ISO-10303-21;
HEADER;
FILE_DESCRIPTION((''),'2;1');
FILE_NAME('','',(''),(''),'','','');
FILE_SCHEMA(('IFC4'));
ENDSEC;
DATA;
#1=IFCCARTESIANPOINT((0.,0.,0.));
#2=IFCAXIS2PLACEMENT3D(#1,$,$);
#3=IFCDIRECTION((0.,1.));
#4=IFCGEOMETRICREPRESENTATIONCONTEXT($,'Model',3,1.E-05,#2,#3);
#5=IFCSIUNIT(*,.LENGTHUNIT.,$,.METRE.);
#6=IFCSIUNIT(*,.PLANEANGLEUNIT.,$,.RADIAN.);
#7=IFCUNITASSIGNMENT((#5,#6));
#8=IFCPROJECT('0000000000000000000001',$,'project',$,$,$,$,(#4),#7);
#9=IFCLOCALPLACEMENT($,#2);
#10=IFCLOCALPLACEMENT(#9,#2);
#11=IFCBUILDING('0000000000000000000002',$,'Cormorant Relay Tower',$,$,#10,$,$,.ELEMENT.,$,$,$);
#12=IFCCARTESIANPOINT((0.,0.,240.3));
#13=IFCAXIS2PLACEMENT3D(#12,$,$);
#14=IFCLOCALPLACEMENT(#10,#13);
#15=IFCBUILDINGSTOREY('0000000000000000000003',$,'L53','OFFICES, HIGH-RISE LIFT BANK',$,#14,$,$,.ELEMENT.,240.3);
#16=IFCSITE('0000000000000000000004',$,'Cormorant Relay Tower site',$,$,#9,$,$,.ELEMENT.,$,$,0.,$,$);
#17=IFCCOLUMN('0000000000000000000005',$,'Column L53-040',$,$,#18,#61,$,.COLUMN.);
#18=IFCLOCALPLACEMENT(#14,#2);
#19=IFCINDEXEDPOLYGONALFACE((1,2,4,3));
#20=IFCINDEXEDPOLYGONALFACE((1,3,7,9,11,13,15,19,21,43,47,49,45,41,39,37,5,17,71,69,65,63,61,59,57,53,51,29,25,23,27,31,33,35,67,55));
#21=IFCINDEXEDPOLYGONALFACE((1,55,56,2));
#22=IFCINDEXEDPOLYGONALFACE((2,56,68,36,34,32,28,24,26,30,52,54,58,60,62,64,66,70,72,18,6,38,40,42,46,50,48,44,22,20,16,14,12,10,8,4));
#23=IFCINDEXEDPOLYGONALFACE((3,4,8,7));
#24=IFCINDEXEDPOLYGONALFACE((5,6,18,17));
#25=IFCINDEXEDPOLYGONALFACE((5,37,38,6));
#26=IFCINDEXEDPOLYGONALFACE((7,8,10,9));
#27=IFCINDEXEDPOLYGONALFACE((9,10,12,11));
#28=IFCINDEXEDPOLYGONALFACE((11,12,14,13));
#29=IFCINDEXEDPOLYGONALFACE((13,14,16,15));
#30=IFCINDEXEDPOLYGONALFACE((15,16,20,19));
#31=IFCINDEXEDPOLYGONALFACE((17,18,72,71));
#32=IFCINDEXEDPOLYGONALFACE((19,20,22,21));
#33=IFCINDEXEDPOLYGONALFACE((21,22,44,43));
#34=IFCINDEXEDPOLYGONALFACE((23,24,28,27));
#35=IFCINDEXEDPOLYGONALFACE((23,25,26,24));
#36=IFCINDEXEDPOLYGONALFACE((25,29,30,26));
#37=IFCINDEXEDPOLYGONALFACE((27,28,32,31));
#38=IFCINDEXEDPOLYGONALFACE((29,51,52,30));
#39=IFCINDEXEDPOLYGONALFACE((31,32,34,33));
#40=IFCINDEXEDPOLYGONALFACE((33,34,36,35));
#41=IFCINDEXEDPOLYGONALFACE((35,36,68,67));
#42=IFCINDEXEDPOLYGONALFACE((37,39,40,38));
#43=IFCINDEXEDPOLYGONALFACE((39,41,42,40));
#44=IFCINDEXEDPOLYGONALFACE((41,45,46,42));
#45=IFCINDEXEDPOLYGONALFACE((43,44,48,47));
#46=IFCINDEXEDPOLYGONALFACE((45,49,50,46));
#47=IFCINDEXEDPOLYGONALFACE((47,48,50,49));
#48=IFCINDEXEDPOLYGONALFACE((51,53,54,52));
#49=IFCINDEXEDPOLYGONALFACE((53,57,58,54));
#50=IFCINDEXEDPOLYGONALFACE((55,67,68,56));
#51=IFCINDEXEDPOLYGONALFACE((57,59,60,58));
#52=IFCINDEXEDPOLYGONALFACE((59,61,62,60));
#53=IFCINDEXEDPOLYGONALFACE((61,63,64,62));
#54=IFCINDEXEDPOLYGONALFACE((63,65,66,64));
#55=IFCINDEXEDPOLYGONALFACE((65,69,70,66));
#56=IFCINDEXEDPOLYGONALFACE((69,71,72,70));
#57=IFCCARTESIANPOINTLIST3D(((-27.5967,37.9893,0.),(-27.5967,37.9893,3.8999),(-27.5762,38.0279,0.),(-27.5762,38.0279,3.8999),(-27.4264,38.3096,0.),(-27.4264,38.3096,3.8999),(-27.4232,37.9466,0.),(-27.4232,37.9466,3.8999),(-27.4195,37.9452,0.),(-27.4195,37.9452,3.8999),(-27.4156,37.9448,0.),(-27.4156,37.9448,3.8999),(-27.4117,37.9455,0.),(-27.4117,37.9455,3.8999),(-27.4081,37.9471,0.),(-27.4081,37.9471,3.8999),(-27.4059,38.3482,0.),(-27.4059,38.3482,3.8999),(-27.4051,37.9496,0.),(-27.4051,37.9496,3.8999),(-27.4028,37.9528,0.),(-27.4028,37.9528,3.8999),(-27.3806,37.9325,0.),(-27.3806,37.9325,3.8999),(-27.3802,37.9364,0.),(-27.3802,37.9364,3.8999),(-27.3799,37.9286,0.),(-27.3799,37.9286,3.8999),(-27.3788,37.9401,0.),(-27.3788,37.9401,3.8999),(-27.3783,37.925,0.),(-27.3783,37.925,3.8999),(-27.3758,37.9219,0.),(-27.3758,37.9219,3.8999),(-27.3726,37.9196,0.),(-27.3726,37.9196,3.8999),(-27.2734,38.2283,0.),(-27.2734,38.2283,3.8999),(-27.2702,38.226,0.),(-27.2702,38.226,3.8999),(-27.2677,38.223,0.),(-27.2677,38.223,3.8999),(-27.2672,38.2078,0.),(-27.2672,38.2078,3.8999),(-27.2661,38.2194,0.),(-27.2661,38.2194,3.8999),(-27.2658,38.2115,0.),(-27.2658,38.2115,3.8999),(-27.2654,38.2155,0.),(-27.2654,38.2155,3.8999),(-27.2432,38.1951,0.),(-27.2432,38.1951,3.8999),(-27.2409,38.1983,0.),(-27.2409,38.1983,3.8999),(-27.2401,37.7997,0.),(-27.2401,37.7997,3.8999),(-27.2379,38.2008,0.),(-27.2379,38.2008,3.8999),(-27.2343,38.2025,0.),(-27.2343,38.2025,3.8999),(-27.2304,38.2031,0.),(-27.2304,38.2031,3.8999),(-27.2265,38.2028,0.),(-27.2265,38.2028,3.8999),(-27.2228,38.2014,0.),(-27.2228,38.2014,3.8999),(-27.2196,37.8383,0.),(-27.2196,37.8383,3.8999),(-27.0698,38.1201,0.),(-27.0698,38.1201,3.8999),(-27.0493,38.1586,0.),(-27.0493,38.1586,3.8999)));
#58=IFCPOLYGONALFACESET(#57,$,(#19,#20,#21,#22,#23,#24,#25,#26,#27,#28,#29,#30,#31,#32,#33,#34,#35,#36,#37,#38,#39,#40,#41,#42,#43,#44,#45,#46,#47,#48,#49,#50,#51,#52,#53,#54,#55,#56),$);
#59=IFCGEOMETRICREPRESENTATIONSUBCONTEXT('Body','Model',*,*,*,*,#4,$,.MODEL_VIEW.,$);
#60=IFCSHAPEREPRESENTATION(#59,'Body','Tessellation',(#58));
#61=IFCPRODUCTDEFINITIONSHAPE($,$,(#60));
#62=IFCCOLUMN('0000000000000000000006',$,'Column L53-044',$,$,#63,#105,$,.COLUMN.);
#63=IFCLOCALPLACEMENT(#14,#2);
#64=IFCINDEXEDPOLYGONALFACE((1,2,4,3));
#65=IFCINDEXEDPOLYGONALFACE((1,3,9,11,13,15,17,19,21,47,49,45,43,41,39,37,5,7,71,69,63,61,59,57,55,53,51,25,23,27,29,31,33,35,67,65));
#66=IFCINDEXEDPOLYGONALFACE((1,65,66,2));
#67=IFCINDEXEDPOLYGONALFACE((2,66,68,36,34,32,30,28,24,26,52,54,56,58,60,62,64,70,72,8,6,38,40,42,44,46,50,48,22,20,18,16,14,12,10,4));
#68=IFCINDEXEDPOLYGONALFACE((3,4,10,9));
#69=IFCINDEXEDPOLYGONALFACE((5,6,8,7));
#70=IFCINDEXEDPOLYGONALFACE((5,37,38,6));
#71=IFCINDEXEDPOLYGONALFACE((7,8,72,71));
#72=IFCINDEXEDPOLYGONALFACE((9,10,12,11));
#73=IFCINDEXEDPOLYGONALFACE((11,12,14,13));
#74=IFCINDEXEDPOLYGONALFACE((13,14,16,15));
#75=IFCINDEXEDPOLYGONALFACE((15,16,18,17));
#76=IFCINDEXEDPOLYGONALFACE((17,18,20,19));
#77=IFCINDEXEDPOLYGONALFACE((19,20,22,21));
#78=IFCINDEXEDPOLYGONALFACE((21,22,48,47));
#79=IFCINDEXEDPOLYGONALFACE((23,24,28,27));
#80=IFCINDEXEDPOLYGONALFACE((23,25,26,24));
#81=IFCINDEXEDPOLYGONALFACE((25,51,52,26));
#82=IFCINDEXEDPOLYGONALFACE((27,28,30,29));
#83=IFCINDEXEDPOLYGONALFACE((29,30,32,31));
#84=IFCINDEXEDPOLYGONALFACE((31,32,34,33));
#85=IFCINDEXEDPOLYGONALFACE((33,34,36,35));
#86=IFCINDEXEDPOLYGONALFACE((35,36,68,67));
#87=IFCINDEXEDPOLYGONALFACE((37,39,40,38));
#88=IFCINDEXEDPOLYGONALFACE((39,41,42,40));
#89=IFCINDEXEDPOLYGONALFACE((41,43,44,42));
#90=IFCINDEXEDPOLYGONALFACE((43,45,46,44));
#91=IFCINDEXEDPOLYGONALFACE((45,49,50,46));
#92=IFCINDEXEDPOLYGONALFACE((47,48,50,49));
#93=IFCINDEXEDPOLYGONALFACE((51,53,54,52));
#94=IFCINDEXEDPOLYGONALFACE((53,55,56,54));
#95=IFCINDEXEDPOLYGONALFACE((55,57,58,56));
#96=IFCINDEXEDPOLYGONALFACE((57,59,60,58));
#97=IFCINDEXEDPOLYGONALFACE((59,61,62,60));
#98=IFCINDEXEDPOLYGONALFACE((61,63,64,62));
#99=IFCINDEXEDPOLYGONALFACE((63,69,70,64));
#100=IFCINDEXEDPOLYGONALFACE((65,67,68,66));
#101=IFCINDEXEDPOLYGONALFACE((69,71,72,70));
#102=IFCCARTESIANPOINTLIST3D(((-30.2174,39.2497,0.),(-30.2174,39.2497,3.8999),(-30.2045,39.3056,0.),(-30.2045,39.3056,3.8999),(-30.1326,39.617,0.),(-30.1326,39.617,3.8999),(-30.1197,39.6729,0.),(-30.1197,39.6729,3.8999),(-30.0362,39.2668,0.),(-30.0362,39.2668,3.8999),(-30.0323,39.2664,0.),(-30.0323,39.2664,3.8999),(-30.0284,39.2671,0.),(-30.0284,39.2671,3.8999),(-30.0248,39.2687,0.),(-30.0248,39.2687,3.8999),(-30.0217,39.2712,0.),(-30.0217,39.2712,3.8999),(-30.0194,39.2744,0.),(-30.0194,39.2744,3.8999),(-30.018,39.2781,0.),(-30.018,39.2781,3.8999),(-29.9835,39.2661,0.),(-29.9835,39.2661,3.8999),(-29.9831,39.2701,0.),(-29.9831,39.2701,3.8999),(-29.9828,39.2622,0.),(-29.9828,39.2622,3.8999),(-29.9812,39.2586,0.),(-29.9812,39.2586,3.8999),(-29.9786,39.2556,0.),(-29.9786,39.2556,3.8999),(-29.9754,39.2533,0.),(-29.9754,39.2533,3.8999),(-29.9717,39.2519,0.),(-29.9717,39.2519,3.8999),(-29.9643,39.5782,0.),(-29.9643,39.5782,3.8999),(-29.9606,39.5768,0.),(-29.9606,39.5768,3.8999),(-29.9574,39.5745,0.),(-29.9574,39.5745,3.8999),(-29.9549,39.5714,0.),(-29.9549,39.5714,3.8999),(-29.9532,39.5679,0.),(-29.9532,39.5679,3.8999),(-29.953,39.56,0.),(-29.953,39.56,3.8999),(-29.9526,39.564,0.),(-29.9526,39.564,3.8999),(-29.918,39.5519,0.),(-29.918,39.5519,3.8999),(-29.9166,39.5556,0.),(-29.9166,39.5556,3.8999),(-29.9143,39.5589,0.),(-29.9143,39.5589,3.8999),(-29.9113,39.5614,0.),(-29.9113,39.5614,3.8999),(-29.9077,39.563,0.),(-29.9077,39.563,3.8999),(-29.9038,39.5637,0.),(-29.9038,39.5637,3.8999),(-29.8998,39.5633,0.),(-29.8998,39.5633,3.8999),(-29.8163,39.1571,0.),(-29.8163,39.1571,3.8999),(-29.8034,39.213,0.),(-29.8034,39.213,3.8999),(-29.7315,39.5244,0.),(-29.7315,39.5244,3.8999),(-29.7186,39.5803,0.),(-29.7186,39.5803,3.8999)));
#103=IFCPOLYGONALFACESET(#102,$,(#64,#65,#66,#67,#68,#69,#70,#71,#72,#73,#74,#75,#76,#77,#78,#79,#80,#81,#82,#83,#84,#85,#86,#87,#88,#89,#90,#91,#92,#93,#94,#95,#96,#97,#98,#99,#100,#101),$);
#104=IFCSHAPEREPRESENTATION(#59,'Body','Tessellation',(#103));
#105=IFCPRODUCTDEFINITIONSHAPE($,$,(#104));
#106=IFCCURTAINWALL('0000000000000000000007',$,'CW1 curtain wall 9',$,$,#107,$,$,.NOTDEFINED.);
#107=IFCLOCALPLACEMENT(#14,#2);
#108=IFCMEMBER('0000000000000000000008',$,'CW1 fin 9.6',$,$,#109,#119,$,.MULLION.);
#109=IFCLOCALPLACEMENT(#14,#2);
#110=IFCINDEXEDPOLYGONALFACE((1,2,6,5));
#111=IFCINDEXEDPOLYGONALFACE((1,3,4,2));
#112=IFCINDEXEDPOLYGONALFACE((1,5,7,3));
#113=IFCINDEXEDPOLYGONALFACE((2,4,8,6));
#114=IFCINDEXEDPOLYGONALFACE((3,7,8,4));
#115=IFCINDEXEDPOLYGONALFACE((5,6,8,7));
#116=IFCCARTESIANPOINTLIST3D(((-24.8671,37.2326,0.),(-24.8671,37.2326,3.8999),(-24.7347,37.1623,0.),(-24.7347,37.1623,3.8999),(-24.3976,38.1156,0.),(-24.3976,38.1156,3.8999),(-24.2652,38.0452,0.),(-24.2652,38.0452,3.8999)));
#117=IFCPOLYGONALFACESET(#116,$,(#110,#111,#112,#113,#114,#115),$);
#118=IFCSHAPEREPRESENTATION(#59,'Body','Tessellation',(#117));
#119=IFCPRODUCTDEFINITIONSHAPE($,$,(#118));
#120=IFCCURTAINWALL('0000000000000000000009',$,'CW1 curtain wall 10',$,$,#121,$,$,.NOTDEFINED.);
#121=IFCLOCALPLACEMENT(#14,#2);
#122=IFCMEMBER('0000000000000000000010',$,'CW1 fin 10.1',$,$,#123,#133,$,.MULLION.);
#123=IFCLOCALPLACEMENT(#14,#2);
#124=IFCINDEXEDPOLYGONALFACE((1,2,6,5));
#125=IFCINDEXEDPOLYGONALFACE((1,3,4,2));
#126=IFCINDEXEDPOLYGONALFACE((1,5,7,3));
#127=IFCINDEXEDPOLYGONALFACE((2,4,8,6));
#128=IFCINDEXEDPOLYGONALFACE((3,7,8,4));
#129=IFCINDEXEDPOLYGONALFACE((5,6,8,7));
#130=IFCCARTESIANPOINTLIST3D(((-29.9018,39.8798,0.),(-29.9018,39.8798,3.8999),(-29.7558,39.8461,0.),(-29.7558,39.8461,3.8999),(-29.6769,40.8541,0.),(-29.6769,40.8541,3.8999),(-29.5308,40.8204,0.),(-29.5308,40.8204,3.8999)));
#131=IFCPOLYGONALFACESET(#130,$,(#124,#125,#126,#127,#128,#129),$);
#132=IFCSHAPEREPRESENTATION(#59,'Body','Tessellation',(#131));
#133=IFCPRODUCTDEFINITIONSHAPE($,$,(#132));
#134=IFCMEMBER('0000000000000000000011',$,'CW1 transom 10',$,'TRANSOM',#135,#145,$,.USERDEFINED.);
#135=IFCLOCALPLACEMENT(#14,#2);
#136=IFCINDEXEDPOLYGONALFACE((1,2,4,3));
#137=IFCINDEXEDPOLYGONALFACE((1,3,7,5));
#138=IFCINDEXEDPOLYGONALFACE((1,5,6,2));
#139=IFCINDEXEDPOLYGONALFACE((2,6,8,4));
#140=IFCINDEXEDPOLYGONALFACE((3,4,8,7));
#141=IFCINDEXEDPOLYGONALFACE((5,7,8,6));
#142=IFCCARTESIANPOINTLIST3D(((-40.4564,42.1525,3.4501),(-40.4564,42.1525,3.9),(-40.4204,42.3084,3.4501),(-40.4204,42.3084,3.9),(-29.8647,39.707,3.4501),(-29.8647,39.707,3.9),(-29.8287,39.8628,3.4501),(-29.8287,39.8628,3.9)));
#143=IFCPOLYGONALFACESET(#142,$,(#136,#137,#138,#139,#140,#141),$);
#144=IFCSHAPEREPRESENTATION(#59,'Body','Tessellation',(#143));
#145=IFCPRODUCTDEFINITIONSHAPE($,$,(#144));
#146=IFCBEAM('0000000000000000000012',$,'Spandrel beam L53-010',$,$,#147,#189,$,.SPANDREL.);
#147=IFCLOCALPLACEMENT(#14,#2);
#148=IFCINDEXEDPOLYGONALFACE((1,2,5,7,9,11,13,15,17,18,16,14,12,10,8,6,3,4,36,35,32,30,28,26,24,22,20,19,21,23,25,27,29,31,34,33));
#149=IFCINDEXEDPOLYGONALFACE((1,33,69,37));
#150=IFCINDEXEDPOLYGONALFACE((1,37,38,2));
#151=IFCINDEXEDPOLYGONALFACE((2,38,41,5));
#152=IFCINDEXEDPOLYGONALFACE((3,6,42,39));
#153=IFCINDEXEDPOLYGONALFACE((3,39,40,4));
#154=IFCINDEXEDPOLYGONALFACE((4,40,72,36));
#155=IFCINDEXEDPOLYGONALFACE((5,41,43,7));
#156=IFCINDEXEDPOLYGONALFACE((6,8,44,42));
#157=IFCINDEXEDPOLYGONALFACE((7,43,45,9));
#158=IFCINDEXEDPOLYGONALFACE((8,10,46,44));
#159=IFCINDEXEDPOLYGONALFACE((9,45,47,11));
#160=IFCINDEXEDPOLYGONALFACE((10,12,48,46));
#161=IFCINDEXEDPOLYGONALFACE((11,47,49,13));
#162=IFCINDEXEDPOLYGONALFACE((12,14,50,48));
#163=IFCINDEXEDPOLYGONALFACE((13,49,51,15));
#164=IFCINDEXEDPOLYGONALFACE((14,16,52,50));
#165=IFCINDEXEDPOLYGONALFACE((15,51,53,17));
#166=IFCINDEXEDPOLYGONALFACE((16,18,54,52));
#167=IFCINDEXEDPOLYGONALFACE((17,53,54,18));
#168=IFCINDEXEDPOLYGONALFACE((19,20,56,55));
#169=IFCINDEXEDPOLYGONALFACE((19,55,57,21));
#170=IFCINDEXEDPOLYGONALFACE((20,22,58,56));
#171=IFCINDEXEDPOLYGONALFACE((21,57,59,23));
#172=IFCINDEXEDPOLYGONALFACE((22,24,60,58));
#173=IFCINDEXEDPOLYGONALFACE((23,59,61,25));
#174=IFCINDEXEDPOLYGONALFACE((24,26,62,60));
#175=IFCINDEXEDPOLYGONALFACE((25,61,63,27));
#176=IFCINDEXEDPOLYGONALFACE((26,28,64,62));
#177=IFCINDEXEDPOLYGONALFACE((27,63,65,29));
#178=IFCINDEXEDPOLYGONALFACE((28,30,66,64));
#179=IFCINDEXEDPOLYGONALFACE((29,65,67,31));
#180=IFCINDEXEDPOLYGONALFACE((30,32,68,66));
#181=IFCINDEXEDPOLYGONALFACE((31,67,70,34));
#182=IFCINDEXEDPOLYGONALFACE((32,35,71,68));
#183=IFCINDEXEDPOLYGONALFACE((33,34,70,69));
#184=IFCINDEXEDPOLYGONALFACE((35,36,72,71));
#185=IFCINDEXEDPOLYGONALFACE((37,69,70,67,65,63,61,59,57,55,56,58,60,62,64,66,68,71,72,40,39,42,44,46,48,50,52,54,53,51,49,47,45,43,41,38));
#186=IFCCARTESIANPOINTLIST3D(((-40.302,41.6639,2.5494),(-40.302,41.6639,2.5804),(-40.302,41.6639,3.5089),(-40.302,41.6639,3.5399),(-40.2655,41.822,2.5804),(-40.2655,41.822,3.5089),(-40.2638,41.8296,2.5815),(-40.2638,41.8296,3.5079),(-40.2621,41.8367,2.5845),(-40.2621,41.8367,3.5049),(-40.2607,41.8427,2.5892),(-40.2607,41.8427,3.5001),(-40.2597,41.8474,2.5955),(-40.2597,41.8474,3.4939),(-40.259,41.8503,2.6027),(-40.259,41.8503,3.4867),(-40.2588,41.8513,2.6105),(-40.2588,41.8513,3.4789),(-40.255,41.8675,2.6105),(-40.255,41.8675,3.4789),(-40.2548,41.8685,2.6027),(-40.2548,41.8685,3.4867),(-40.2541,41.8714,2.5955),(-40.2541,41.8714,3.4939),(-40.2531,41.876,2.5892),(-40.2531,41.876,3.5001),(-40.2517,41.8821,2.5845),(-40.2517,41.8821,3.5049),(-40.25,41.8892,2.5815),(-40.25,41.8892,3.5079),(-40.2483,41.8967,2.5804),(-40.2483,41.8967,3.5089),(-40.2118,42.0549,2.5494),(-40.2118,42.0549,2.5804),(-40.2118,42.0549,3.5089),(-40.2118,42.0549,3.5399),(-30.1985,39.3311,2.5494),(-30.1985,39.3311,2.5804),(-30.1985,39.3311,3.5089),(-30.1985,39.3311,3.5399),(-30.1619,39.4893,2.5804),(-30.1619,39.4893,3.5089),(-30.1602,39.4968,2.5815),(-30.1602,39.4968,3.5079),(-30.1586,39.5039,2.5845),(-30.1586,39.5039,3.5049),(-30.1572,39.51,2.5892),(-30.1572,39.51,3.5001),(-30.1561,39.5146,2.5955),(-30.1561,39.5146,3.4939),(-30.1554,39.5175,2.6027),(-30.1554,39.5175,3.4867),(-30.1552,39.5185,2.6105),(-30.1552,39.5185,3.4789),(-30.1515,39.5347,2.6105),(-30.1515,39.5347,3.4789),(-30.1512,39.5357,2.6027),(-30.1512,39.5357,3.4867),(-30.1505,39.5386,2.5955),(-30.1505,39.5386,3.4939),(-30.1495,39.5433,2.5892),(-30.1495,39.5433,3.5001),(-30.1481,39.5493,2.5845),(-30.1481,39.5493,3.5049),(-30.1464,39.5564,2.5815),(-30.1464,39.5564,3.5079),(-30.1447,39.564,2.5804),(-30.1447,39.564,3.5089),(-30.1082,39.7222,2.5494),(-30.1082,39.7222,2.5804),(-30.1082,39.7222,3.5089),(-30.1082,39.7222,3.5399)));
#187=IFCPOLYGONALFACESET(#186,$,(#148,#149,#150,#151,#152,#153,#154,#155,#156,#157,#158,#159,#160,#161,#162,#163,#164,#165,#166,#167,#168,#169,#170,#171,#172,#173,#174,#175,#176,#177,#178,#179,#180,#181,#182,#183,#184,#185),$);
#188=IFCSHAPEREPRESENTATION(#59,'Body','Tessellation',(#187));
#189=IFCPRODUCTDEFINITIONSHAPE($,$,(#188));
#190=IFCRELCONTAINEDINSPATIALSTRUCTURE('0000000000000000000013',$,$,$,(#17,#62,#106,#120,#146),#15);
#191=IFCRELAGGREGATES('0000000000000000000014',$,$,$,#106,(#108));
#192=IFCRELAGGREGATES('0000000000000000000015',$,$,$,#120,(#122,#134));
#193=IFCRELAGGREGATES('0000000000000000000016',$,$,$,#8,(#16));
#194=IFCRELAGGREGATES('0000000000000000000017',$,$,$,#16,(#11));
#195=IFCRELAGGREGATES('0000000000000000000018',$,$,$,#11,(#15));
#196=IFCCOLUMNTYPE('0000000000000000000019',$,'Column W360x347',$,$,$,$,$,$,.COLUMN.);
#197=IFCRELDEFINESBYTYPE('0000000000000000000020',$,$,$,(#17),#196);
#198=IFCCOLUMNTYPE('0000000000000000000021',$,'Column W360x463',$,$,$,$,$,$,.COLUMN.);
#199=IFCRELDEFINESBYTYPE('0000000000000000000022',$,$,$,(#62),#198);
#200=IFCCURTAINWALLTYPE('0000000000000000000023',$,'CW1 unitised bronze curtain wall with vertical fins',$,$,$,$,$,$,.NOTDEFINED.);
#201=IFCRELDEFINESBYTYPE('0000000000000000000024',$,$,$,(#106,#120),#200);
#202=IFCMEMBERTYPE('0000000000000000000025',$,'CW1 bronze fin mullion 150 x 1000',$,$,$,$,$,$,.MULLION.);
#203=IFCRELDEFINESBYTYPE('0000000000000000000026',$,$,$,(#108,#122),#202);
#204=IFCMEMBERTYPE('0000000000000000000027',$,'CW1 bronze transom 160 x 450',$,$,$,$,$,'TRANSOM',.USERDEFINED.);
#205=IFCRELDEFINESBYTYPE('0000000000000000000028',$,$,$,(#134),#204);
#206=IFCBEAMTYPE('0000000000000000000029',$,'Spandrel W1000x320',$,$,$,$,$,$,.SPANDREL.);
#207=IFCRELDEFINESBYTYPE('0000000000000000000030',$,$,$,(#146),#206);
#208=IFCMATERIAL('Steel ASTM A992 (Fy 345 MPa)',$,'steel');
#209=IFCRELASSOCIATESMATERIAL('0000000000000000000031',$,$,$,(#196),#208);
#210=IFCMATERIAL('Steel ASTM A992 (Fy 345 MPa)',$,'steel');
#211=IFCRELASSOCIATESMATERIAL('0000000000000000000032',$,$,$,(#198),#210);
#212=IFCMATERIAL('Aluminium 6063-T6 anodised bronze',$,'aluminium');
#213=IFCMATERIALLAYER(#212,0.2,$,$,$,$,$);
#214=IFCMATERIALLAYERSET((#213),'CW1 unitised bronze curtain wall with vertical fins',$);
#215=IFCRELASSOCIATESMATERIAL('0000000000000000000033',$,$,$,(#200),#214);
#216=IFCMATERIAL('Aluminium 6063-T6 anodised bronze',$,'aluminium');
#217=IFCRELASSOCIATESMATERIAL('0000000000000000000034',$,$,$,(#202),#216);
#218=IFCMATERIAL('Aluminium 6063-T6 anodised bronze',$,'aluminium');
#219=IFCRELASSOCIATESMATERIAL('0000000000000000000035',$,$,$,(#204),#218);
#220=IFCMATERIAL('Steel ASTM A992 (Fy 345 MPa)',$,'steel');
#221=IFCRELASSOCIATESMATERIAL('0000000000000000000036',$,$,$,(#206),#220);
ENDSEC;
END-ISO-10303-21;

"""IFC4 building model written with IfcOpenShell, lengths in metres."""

from ifc_helpers import new_model, si_unit, direction, frame, origin, origin_2d, place, context, subcontext, project, spatial, rectangle, i_section, extrude, material, layer, layer_set, material_profile, profile_set, type_object, element, aggregate, save


model = new_model("IFC4")

# Units and contexts
model_context = context("Model", 3, precision=1e-05, world=origin(), true_north=direction((0.0, 1.0)))
body_context = subcontext(model_context, "Body", "Model", "MODEL_VIEW")
ifc_project = project(units=[si_unit("LENGTHUNIT", "METRE"), si_unit("PLANEANGLEUNIT", "RADIAN")], contexts=[model_context])

# Site, building, storey
site_placement = place(None, origin())
site = spatial("IfcSite", under=ifc_project, at=site_placement, Name="Cormorant Relay Tower site", CompositionType="ELEMENT", RefElevation=0.0)
building_placement = place(site_placement, origin())
building = spatial("IfcBuilding", under=site, at=building_placement, Name="Cormorant Relay Tower", CompositionType="ELEMENT")
storey_placement = place(building_placement, frame((0.0, 0.0, 240.3)))
storey = spatial("IfcBuildingStorey", under=building, at=storey_placement, Name="L53", Description="OFFICES, HIGH-RISE LIFT BANK", CompositionType="ELEMENT", Elevation=240.3)

# Columns
ifc_material_1 = material(Name="Steel ASTM A992 (Fy 345 MPa)", Category="steel")
ifc_material_profile_1 = material_profile(ifc_material_1, i_section(OverallWidth=0.4038, OverallDepth=0.4065, WebThickness=0.0271, FlangeThickness=0.0437, FilletRadius=0.0151, at=origin_2d()), Name="W360x347")
ifc_profile_set_1 = profile_set([ifc_material_profile_1], Name="Steel ASTM A992 (Fy 345 MPa)")
column_type_1 = type_object("IfcColumnType", Name="Column W360x347", PredefinedType="COLUMN", material=ifc_profile_set_1)
column_1_placement = place(storey_placement, frame((-27.323, 38.074, 0.0), z_axis=(0.0, 0.0, 1.0), x_axis=(-0.882948, 0.469472, 0.0)))
element("IfcColumn", 1, at=column_1_placement, inside=storey, type_object=column_type_1, Name="Column L53-040", PredefinedType="COLUMN", context=body_context, shape_type="SweptSolid", body=[
    extrude(i_section(OverallWidth=0.4038, OverallDepth=0.4065, WebThickness=0.0271, FlangeThickness=0.0437, FilletRadius=0.0151, at=origin_2d()), origin(), (0.0, 0.0, 1.0), 3.8999),
])
ifc_material_2 = material(Name="Steel ASTM A992 (Fy 345 MPa)", Category="steel")
ifc_material_profile_2 = material_profile(ifc_material_2, i_section(OverallWidth=0.4116, OverallDepth=0.4343, WebThickness=0.0359, FlangeThickness=0.0574, FilletRadius=0.0151, at=origin_2d()), Name="W360x463")
ifc_profile_set_2 = profile_set([ifc_material_profile_2], Name="Steel ASTM A992 (Fy 345 MPa)")
column_type_2 = type_object("IfcColumnType", Name="Column W360x463", PredefinedType="COLUMN", material=ifc_profile_set_2)
column_2_placement = place(storey_placement, frame((-29.968, 39.415, 0.0), z_axis=(0.0, 0.0, 1.0), x_axis=(-0.97437, 0.224951, 0.0)))
element("IfcColumn", 2, at=column_2_placement, inside=storey, type_object=column_type_2, Name="Column L53-044", PredefinedType="COLUMN", context=body_context, shape_type="SweptSolid", body=[
    extrude(i_section(OverallWidth=0.4116, OverallDepth=0.4343, WebThickness=0.0359, FlangeThickness=0.0574, FilletRadius=0.0151, at=origin_2d()), origin(), (0.0, 0.0, 1.0), 3.8999),
])

# Curtain wall, member
ifc_material_3 = material(Name="Aluminium 6063-T6 anodised bronze", Category="aluminium")
ifc_layer_1 = layer(ifc_material_3, 0.2)
ifc_layer_set_1 = layer_set([ifc_layer_1], Name="CW1 unitised bronze curtain wall with vertical fins")
curtain_wall_type = type_object("IfcCurtainWallType", Name="CW1 unitised bronze curtain wall with vertical fins", PredefinedType="NOTDEFINED", material=ifc_layer_set_1)
curtain_wall_1_placement = place(storey_placement, origin())
curtain_wall_1 = element("IfcCurtainWall", 3, at=curtain_wall_1_placement, inside=storey, type_object=curtain_wall_type, Name="CW1 curtain wall 9", PredefinedType="NOTDEFINED")
ifc_material_4 = material(Name="Aluminium 6063-T6 anodised bronze", Category="aluminium")
ifc_material_profile_3 = material_profile(ifc_material_4, rectangle(XDim=0.1499, YDim=1.0, at=origin_2d()), Name="AL 150x1000")
ifc_profile_set_3 = profile_set([ifc_material_profile_3], Name="Aluminium 6063-T6 anodised bronze")
member_type_1 = type_object("IfcMemberType", Name="CW1 bronze fin mullion 150 x 1000", PredefinedType="MULLION", material=ifc_profile_set_3)
member_1_placement = place(storey_placement, frame((-24.5662, 37.6389, 0.0), z_axis=(0.0, 0.0, 1.0), x_axis=(-0.882948, 0.469472, 0.0)))
member_1 = element("IfcMember", 4, at=member_1_placement, type_object=member_type_1, Name="CW1 fin 9.6", PredefinedType="MULLION", context=body_context, shape_type="SweptSolid", body=[
    extrude(rectangle(XDim=0.1499, YDim=1.0, at=origin_2d()), origin(), (0.0, 0.0, 1.0), 3.8999),
])

# Curtain wall, members
curtain_wall_2_placement = place(storey_placement, origin())
curtain_wall_2 = element("IfcCurtainWall", 5, at=curtain_wall_2_placement, inside=storey, type_object=curtain_wall_type, Name="CW1 curtain wall 10", PredefinedType="NOTDEFINED")
member_2_placement = place(storey_placement, frame((-29.7163, 40.3501, 0.0), z_axis=(0.0, 0.0, 1.0), x_axis=(-0.97437, 0.224951, 0.0)))
member_2 = element("IfcMember", 6, at=member_2_placement, type_object=member_type_1, Name="CW1 fin 10.1", PredefinedType="MULLION", context=body_context, shape_type="SweptSolid", body=[
    extrude(rectangle(XDim=0.1499, YDim=1.0, at=origin_2d()), origin(), (0.0, 0.0, 1.0), 3.8999),
])
ifc_material_5 = material(Name="Aluminium 6063-T6 anodised bronze", Category="aluminium")
ifc_material_profile_4 = material_profile(ifc_material_5, rectangle(XDim=0.1599, YDim=0.45, at=origin_2d()), Name="AL 160x450")
ifc_profile_set_4 = profile_set([ifc_material_profile_4], Name="Aluminium 6063-T6 anodised bronze")
member_type_2 = type_object("IfcMemberType", Name="CW1 bronze transom 160 x 450", ElementType="TRANSOM", PredefinedType="USERDEFINED", material=ifc_profile_set_4)
member_3_placement = place(storey_placement, frame((-29.8467, 39.7849, 3.675), z_axis=(-0.974365, 0.224973, 0.0), x_axis=(-0.224973, -0.974365, 0.0)))
member_3 = element("IfcMember", 7, at=member_3_placement, type_object=member_type_2, Name="CW1 transom 10", ObjectType="TRANSOM", PredefinedType="USERDEFINED", context=body_context, shape_type="SweptSolid", body=[
    extrude(rectangle(XDim=0.1599, YDim=0.45, at=origin_2d()), origin(), (0.0, 0.0, 1.0), 10.8704),
])

# Beam
ifc_material_6 = material(Name="Steel ASTM A992 (Fy 345 MPa)", Category="steel")
ifc_material_profile_5 = material_profile(ifc_material_6, i_section(OverallWidth=0.4014, OverallDepth=0.9905, WebThickness=0.0166, FlangeThickness=0.031, FilletRadius=0.03, at=origin_2d()), Name="W1000x320")
ifc_profile_set_5 = profile_set([ifc_material_profile_5], Name="Steel ASTM A992 (Fy 345 MPa)")
beam_type = type_object("IfcBeamType", Name="Spandrel W1000x320", PredefinedType="SPANDREL", material=ifc_profile_set_5)
beam_placement = place(storey_placement, frame((-30.1533, 39.5266, 3.0447), z_axis=(-0.974366, 0.224968, 0.0), x_axis=(-0.224968, -0.974366, 0.0)))
element("IfcBeam", 8, at=beam_placement, inside=storey, type_object=beam_type, Name="Spandrel beam L53-010", PredefinedType="SPANDREL", context=body_context, shape_type="SweptSolid", body=[
    extrude(i_section(OverallWidth=0.4014, OverallDepth=0.9905, WebThickness=0.0166, FlangeThickness=0.031, FilletRadius=0.03, at=origin_2d()), origin(), (0.0, 0.0, 1.0), 10.3694),
])

aggregate(curtain_wall_1, [member_1])
aggregate(curtain_wall_2, [member_2, member_3])

save(model, "model.ifc")
